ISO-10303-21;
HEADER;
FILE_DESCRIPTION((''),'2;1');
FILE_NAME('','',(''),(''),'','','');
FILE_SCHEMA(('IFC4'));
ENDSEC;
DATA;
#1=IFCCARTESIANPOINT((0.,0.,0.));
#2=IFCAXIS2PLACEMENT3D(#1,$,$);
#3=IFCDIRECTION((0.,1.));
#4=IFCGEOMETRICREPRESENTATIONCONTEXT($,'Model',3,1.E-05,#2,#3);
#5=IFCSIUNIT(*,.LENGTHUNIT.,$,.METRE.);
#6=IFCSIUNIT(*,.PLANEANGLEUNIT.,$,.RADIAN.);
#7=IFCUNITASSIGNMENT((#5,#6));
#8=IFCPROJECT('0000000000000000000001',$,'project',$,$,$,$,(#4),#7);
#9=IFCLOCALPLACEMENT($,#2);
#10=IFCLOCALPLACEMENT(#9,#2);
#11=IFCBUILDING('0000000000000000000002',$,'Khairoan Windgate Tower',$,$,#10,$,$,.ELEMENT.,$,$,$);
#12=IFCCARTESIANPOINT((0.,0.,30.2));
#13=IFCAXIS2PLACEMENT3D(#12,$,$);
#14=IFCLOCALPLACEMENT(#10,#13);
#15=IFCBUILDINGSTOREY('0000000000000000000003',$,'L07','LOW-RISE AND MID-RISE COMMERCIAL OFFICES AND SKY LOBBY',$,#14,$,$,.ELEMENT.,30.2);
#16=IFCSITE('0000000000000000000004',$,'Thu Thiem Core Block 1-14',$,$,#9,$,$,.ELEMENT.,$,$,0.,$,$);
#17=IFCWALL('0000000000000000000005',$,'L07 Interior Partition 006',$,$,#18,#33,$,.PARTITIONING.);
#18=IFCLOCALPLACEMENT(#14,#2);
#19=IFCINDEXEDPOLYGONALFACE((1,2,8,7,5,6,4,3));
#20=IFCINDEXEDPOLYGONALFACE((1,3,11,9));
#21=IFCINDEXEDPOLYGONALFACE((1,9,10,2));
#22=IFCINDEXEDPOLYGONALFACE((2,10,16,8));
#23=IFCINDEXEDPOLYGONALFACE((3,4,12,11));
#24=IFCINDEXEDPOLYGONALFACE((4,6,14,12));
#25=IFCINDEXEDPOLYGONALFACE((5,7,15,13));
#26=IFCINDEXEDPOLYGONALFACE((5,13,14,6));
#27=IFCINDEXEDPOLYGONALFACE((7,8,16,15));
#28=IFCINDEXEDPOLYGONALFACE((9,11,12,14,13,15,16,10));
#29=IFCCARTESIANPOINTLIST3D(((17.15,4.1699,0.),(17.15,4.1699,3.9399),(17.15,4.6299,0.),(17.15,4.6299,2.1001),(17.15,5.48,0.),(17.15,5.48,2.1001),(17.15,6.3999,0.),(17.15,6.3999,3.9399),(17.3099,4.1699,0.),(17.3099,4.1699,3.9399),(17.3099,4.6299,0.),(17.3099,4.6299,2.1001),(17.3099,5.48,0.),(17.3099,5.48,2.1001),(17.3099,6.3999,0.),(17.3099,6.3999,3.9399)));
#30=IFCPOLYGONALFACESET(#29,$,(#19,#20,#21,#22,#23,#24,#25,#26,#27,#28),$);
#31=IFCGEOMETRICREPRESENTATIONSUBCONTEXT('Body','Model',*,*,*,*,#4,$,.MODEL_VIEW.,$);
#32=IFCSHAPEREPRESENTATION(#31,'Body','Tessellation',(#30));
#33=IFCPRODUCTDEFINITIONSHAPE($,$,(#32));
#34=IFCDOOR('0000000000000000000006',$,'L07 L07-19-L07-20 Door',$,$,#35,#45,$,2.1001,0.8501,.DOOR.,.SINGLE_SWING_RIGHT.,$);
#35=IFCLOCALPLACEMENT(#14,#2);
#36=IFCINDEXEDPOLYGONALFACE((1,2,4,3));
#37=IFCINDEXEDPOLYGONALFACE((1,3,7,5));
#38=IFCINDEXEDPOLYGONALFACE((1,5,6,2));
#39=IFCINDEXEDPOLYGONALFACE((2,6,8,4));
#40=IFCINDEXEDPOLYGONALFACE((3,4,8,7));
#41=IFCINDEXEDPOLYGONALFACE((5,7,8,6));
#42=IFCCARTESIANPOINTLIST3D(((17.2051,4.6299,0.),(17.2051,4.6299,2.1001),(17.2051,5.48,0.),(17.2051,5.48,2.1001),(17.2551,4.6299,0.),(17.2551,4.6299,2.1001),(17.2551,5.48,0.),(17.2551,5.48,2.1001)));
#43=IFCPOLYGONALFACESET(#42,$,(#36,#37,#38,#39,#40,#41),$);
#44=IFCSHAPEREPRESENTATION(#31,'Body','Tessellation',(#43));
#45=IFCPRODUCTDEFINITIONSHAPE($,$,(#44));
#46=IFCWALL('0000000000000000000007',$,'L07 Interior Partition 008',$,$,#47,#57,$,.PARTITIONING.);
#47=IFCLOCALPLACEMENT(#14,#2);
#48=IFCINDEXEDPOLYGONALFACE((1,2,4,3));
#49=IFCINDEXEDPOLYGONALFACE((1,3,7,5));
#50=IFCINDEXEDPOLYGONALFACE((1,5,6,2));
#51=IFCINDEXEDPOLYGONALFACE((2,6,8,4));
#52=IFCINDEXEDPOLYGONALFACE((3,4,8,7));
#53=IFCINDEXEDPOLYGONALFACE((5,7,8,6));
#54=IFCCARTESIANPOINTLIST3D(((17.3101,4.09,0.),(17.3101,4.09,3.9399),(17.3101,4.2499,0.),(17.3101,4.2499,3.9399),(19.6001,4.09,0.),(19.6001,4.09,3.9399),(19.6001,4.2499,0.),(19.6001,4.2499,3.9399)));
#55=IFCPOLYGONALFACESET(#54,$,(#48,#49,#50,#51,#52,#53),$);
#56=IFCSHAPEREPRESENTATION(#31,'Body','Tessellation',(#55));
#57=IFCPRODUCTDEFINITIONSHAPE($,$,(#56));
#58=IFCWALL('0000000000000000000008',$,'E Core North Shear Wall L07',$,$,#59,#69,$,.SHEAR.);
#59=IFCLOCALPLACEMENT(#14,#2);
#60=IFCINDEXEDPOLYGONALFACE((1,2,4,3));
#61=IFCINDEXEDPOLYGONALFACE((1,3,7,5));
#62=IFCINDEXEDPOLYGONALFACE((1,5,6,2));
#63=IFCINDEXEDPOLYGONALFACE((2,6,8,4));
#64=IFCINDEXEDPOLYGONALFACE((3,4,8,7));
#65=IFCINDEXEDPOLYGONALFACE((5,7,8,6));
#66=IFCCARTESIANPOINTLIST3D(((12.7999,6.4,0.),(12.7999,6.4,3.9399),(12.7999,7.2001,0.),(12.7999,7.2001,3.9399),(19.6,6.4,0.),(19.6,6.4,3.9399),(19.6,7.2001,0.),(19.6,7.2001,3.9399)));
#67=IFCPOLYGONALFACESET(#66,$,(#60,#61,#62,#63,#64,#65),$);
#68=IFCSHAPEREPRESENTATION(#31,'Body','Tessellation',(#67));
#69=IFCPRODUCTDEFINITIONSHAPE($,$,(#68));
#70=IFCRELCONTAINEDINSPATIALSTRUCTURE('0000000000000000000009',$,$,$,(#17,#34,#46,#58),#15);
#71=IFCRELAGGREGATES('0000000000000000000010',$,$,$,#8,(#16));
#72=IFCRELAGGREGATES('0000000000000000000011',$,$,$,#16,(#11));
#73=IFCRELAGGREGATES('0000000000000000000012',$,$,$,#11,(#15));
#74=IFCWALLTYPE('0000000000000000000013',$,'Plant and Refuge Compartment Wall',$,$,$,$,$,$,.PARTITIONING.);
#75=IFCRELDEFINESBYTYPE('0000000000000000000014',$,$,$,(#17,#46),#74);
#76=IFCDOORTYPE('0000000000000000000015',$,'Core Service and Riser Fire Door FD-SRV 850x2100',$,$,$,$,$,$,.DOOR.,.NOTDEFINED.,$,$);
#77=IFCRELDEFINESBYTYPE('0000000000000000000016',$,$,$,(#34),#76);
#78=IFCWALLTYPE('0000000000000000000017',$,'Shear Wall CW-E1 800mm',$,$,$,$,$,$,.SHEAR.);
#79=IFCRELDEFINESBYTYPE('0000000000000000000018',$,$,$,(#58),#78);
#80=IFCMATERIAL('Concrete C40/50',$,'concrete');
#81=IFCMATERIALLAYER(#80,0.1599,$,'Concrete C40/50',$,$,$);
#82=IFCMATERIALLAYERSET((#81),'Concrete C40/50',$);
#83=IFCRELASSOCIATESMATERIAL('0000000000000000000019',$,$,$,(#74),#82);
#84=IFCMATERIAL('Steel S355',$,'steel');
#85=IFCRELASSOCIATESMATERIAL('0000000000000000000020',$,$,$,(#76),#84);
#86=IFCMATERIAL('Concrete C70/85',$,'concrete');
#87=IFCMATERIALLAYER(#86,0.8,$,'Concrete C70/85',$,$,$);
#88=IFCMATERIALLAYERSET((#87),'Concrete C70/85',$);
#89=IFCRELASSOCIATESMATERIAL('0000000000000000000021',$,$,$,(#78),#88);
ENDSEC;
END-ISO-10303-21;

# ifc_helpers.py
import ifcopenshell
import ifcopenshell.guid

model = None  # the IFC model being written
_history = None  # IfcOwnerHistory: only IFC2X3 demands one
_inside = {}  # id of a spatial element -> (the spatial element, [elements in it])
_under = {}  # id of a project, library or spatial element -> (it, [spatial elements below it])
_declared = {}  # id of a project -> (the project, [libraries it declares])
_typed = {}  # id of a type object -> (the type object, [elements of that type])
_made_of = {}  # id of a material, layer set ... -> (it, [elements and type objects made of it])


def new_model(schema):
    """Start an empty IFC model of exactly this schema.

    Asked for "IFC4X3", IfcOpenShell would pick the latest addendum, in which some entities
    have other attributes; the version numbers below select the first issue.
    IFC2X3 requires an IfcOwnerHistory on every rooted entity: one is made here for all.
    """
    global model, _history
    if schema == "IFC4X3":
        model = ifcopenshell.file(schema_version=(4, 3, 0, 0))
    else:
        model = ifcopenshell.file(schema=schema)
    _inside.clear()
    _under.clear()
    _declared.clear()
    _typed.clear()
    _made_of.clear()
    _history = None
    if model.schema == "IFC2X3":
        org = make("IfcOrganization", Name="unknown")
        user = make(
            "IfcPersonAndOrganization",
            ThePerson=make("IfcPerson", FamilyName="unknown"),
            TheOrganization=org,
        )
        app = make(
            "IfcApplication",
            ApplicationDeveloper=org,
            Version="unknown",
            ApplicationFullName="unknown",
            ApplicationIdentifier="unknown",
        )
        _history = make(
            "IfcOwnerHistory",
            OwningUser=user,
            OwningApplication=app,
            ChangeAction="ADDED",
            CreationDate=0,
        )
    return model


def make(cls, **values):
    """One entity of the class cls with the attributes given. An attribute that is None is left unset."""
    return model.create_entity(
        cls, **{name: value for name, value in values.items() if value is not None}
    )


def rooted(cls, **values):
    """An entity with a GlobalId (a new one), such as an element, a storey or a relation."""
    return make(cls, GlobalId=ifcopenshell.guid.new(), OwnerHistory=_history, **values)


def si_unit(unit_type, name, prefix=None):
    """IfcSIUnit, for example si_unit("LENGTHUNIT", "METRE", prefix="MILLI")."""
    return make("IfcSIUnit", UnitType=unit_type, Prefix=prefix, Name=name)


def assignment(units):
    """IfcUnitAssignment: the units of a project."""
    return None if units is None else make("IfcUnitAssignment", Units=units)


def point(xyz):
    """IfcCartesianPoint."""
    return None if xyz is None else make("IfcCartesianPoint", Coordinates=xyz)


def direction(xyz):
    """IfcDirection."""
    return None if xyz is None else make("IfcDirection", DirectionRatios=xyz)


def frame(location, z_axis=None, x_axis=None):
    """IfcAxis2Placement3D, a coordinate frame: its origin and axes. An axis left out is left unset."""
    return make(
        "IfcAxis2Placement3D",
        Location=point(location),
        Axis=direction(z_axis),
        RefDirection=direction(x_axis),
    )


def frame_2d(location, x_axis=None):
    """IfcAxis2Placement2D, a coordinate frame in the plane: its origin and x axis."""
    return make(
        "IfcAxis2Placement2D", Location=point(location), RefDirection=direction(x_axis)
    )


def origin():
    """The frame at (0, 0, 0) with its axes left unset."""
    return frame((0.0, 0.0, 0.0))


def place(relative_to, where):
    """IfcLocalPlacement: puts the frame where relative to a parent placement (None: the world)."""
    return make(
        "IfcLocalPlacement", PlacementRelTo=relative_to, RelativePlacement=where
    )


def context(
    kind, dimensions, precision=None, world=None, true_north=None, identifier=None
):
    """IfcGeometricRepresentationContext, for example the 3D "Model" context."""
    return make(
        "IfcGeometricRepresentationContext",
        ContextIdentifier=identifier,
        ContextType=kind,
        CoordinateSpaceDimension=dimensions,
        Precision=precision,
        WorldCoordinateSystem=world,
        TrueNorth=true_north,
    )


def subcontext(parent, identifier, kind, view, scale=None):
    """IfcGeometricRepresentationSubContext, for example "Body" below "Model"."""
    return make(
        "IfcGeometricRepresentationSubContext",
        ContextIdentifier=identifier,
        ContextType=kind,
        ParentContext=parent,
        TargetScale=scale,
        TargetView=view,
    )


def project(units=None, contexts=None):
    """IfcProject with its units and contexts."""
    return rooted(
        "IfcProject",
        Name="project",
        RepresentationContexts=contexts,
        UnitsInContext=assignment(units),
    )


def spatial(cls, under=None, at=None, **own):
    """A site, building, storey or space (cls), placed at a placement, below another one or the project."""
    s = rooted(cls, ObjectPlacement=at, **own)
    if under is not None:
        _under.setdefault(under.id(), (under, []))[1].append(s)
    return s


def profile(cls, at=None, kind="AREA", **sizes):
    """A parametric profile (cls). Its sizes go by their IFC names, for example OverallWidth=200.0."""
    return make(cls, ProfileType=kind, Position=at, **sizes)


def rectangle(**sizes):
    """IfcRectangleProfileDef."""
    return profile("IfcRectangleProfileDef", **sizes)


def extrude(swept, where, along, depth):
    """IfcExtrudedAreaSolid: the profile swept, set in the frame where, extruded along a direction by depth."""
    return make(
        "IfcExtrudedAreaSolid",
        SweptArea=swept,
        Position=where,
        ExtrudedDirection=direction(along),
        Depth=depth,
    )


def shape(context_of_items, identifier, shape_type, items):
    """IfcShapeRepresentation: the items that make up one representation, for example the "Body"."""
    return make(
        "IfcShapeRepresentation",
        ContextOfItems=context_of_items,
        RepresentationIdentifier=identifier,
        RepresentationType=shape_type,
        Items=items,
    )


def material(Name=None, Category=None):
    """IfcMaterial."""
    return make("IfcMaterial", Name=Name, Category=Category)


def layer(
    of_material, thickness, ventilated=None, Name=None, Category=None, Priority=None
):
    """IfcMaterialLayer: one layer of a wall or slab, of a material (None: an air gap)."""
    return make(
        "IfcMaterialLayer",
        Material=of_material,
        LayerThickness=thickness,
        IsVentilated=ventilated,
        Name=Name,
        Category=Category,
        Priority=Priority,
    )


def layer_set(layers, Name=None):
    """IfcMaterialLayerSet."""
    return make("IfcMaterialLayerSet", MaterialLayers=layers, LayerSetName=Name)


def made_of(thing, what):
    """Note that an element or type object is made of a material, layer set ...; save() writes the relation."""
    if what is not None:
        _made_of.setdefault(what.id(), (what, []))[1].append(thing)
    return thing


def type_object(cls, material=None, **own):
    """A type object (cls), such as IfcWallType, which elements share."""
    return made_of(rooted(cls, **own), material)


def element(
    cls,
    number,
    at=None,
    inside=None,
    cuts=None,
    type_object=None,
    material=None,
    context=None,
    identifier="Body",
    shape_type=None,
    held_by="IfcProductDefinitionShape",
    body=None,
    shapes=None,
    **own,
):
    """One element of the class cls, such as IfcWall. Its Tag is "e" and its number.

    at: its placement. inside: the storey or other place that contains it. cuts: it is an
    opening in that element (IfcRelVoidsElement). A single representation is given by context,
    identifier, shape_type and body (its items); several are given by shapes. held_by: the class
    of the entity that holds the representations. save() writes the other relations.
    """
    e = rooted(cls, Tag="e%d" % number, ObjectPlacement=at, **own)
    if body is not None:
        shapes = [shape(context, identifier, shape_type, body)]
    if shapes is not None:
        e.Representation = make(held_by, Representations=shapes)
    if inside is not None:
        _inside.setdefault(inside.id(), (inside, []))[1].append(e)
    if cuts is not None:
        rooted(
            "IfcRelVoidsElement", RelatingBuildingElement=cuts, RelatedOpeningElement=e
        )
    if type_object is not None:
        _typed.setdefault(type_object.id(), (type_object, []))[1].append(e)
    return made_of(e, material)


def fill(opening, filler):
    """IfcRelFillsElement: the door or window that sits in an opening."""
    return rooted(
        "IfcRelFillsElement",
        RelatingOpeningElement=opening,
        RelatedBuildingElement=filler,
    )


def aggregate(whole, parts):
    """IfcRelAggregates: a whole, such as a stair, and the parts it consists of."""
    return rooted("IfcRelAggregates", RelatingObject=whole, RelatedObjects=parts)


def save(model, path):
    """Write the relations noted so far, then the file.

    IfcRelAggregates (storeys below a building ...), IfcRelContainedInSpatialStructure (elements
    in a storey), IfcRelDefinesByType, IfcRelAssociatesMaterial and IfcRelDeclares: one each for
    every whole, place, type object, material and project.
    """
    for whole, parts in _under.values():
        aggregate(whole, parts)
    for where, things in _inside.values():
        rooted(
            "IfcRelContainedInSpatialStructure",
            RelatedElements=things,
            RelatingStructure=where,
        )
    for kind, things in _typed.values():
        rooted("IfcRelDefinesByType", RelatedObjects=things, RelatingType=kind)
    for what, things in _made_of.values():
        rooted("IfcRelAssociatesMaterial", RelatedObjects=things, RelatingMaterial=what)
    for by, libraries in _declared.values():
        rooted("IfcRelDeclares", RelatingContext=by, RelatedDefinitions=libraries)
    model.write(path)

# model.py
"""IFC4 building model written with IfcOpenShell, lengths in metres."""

from ifc_helpers import new_model, si_unit, direction, frame, frame_2d, origin, place, context, subcontext, project, spatial, rectangle, extrude, material, layer, layer_set, type_object, element, fill, save


model = new_model("IFC4")

# Units and contexts
model_context = context("Model", 3, precision=1e-05, world=origin(), true_north=direction((0.0, 1.0)))
body_context = subcontext(model_context, "Body", "Model", "MODEL_VIEW")
ifc_project = project(units=[si_unit("LENGTHUNIT", "METRE"), si_unit("PLANEANGLEUNIT", "RADIAN")], contexts=[model_context])

# Site, building, storey
site_placement = place(None, origin())
site = spatial("IfcSite", under=ifc_project, at=site_placement, Name="Thu Thiem Core Block 1-14", CompositionType="ELEMENT", RefElevation=0.0)
building_placement = place(site_placement, origin())
building = spatial("IfcBuilding", under=site, at=building_placement, Name="Khairoan Windgate Tower", CompositionType="ELEMENT")
storey_placement = place(building_placement, frame((0.0, 0.0, 30.2)))
storey = spatial("IfcBuildingStorey", under=building, at=storey_placement, Name="L07", Description="LOW-RISE AND MID-RISE COMMERCIAL OFFICES AND SKY LOBBY", CompositionType="ELEMENT", Elevation=30.2)

# Wall, opening, door
ifc_material_1 = material(Name="Concrete C40/50", Category="concrete")
ifc_layer_1 = layer(ifc_material_1, 0.1599, Name="Concrete C40/50")
ifc_layer_set_1 = layer_set([ifc_layer_1], Name="Concrete C40/50")
wall_type_1 = type_object("IfcWallType", Name="Plant and Refuge Compartment Wall", PredefinedType="PARTITIONING", material=ifc_layer_set_1)
wall_1_placement = place(storey_placement, frame((17.23, 4.1699, 0.0), z_axis=(0.0, 0.0, 1.0), x_axis=(0.0, 1.0, 0.0)))
wall_1 = element("IfcWall", 1, at=wall_1_placement, inside=storey, type_object=wall_type_1, Name="L07 Interior Partition 006", PredefinedType="PARTITIONING", context=body_context, shape_type="SweptSolid", body=[
    extrude(rectangle(XDim=2.23, YDim=0.1599, at=frame_2d((1.115, 0.0))), origin(), (0.0, 0.0, 1.0), 3.9399),
])
opening_placement = place(wall_1_placement, frame((0.46, 0.0, 0.0)))
opening = element("IfcOpeningElement", 2, at=opening_placement, cuts=wall_1, PredefinedType="OPENING", context=body_context, shape_type="SweptSolid", body=[
    extrude(rectangle(XDim=0.8501, YDim=2.1001, at=frame_2d((0.425, 1.05))), frame((0.0, 0.0898, 0.0), z_axis=(0.0, -1.0, 0.0), x_axis=(1.0, 0.0, 0.0)), (0.0, 0.0, 1.0), 0.1799),
])
ifc_material_2 = material(Name="Steel S355", Category="steel")
door_type = type_object("IfcDoorType", Name="Core Service and Riser Fire Door FD-SRV 850x2100", OperationType="NOTDEFINED", PredefinedType="DOOR", material=ifc_material_2)
door_placement = place(opening_placement, origin())
door = element("IfcDoor", 3, at=door_placement, inside=storey, type_object=door_type, Name="L07 L07-19-L07-20 Door", OperationType="SINGLE_SWING_RIGHT", OverallHeight=2.1001, OverallWidth=0.8501, PredefinedType="DOOR", context=body_context, shape_type="SweptSolid", body=[
    extrude(rectangle(XDim=0.8501, YDim=2.1001, at=frame_2d((0.425, 1.05))), frame((0.0, 0.0249, 0.0), z_axis=(0.0, -1.0, 0.0), x_axis=(1.0, 0.0, 0.0)), (0.0, 0.0, 1.0), 0.05),
])
fill(opening, door)

# Walls
wall_2_placement = place(storey_placement, frame((17.3101, 4.1699, 0.0), z_axis=(0.0, 0.0, 1.0), x_axis=(1.0, 0.0, 0.0)))
element("IfcWall", 4, at=wall_2_placement, inside=storey, type_object=wall_type_1, Name="L07 Interior Partition 008", PredefinedType="PARTITIONING", context=body_context, shape_type="SweptSolid", body=[
    extrude(rectangle(XDim=2.29, YDim=0.1599, at=frame_2d((1.145, 0.0))), origin(), (0.0, 0.0, 1.0), 3.9399),
])
ifc_material_3 = material(Name="Concrete C70/85", Category="concrete")
ifc_layer_2 = layer(ifc_material_3, 0.8, Name="Concrete C70/85")
ifc_layer_set_2 = layer_set([ifc_layer_2], Name="Concrete C70/85")
wall_type_2 = type_object("IfcWallType", Name="Shear Wall CW-E1 800mm", PredefinedType="SHEAR", material=ifc_layer_set_2)
wall_3_placement = place(storey_placement, frame((12.8, 6.8, 0.0), z_axis=(0.0, 0.0, 1.0), x_axis=(1.0, 0.0, 0.0)))
element("IfcWall", 5, at=wall_3_placement, inside=storey, type_object=wall_type_2, Name="E Core North Shear Wall L07", PredefinedType="SHEAR", context=body_context, shape_type="SweptSolid", body=[
    extrude(rectangle(XDim=6.8, YDim=0.8, at=frame_2d((3.3999, 0.0))), origin(), (0.0, 0.0, 1.0), 3.9399),
])

save(model, "model.ifc")
